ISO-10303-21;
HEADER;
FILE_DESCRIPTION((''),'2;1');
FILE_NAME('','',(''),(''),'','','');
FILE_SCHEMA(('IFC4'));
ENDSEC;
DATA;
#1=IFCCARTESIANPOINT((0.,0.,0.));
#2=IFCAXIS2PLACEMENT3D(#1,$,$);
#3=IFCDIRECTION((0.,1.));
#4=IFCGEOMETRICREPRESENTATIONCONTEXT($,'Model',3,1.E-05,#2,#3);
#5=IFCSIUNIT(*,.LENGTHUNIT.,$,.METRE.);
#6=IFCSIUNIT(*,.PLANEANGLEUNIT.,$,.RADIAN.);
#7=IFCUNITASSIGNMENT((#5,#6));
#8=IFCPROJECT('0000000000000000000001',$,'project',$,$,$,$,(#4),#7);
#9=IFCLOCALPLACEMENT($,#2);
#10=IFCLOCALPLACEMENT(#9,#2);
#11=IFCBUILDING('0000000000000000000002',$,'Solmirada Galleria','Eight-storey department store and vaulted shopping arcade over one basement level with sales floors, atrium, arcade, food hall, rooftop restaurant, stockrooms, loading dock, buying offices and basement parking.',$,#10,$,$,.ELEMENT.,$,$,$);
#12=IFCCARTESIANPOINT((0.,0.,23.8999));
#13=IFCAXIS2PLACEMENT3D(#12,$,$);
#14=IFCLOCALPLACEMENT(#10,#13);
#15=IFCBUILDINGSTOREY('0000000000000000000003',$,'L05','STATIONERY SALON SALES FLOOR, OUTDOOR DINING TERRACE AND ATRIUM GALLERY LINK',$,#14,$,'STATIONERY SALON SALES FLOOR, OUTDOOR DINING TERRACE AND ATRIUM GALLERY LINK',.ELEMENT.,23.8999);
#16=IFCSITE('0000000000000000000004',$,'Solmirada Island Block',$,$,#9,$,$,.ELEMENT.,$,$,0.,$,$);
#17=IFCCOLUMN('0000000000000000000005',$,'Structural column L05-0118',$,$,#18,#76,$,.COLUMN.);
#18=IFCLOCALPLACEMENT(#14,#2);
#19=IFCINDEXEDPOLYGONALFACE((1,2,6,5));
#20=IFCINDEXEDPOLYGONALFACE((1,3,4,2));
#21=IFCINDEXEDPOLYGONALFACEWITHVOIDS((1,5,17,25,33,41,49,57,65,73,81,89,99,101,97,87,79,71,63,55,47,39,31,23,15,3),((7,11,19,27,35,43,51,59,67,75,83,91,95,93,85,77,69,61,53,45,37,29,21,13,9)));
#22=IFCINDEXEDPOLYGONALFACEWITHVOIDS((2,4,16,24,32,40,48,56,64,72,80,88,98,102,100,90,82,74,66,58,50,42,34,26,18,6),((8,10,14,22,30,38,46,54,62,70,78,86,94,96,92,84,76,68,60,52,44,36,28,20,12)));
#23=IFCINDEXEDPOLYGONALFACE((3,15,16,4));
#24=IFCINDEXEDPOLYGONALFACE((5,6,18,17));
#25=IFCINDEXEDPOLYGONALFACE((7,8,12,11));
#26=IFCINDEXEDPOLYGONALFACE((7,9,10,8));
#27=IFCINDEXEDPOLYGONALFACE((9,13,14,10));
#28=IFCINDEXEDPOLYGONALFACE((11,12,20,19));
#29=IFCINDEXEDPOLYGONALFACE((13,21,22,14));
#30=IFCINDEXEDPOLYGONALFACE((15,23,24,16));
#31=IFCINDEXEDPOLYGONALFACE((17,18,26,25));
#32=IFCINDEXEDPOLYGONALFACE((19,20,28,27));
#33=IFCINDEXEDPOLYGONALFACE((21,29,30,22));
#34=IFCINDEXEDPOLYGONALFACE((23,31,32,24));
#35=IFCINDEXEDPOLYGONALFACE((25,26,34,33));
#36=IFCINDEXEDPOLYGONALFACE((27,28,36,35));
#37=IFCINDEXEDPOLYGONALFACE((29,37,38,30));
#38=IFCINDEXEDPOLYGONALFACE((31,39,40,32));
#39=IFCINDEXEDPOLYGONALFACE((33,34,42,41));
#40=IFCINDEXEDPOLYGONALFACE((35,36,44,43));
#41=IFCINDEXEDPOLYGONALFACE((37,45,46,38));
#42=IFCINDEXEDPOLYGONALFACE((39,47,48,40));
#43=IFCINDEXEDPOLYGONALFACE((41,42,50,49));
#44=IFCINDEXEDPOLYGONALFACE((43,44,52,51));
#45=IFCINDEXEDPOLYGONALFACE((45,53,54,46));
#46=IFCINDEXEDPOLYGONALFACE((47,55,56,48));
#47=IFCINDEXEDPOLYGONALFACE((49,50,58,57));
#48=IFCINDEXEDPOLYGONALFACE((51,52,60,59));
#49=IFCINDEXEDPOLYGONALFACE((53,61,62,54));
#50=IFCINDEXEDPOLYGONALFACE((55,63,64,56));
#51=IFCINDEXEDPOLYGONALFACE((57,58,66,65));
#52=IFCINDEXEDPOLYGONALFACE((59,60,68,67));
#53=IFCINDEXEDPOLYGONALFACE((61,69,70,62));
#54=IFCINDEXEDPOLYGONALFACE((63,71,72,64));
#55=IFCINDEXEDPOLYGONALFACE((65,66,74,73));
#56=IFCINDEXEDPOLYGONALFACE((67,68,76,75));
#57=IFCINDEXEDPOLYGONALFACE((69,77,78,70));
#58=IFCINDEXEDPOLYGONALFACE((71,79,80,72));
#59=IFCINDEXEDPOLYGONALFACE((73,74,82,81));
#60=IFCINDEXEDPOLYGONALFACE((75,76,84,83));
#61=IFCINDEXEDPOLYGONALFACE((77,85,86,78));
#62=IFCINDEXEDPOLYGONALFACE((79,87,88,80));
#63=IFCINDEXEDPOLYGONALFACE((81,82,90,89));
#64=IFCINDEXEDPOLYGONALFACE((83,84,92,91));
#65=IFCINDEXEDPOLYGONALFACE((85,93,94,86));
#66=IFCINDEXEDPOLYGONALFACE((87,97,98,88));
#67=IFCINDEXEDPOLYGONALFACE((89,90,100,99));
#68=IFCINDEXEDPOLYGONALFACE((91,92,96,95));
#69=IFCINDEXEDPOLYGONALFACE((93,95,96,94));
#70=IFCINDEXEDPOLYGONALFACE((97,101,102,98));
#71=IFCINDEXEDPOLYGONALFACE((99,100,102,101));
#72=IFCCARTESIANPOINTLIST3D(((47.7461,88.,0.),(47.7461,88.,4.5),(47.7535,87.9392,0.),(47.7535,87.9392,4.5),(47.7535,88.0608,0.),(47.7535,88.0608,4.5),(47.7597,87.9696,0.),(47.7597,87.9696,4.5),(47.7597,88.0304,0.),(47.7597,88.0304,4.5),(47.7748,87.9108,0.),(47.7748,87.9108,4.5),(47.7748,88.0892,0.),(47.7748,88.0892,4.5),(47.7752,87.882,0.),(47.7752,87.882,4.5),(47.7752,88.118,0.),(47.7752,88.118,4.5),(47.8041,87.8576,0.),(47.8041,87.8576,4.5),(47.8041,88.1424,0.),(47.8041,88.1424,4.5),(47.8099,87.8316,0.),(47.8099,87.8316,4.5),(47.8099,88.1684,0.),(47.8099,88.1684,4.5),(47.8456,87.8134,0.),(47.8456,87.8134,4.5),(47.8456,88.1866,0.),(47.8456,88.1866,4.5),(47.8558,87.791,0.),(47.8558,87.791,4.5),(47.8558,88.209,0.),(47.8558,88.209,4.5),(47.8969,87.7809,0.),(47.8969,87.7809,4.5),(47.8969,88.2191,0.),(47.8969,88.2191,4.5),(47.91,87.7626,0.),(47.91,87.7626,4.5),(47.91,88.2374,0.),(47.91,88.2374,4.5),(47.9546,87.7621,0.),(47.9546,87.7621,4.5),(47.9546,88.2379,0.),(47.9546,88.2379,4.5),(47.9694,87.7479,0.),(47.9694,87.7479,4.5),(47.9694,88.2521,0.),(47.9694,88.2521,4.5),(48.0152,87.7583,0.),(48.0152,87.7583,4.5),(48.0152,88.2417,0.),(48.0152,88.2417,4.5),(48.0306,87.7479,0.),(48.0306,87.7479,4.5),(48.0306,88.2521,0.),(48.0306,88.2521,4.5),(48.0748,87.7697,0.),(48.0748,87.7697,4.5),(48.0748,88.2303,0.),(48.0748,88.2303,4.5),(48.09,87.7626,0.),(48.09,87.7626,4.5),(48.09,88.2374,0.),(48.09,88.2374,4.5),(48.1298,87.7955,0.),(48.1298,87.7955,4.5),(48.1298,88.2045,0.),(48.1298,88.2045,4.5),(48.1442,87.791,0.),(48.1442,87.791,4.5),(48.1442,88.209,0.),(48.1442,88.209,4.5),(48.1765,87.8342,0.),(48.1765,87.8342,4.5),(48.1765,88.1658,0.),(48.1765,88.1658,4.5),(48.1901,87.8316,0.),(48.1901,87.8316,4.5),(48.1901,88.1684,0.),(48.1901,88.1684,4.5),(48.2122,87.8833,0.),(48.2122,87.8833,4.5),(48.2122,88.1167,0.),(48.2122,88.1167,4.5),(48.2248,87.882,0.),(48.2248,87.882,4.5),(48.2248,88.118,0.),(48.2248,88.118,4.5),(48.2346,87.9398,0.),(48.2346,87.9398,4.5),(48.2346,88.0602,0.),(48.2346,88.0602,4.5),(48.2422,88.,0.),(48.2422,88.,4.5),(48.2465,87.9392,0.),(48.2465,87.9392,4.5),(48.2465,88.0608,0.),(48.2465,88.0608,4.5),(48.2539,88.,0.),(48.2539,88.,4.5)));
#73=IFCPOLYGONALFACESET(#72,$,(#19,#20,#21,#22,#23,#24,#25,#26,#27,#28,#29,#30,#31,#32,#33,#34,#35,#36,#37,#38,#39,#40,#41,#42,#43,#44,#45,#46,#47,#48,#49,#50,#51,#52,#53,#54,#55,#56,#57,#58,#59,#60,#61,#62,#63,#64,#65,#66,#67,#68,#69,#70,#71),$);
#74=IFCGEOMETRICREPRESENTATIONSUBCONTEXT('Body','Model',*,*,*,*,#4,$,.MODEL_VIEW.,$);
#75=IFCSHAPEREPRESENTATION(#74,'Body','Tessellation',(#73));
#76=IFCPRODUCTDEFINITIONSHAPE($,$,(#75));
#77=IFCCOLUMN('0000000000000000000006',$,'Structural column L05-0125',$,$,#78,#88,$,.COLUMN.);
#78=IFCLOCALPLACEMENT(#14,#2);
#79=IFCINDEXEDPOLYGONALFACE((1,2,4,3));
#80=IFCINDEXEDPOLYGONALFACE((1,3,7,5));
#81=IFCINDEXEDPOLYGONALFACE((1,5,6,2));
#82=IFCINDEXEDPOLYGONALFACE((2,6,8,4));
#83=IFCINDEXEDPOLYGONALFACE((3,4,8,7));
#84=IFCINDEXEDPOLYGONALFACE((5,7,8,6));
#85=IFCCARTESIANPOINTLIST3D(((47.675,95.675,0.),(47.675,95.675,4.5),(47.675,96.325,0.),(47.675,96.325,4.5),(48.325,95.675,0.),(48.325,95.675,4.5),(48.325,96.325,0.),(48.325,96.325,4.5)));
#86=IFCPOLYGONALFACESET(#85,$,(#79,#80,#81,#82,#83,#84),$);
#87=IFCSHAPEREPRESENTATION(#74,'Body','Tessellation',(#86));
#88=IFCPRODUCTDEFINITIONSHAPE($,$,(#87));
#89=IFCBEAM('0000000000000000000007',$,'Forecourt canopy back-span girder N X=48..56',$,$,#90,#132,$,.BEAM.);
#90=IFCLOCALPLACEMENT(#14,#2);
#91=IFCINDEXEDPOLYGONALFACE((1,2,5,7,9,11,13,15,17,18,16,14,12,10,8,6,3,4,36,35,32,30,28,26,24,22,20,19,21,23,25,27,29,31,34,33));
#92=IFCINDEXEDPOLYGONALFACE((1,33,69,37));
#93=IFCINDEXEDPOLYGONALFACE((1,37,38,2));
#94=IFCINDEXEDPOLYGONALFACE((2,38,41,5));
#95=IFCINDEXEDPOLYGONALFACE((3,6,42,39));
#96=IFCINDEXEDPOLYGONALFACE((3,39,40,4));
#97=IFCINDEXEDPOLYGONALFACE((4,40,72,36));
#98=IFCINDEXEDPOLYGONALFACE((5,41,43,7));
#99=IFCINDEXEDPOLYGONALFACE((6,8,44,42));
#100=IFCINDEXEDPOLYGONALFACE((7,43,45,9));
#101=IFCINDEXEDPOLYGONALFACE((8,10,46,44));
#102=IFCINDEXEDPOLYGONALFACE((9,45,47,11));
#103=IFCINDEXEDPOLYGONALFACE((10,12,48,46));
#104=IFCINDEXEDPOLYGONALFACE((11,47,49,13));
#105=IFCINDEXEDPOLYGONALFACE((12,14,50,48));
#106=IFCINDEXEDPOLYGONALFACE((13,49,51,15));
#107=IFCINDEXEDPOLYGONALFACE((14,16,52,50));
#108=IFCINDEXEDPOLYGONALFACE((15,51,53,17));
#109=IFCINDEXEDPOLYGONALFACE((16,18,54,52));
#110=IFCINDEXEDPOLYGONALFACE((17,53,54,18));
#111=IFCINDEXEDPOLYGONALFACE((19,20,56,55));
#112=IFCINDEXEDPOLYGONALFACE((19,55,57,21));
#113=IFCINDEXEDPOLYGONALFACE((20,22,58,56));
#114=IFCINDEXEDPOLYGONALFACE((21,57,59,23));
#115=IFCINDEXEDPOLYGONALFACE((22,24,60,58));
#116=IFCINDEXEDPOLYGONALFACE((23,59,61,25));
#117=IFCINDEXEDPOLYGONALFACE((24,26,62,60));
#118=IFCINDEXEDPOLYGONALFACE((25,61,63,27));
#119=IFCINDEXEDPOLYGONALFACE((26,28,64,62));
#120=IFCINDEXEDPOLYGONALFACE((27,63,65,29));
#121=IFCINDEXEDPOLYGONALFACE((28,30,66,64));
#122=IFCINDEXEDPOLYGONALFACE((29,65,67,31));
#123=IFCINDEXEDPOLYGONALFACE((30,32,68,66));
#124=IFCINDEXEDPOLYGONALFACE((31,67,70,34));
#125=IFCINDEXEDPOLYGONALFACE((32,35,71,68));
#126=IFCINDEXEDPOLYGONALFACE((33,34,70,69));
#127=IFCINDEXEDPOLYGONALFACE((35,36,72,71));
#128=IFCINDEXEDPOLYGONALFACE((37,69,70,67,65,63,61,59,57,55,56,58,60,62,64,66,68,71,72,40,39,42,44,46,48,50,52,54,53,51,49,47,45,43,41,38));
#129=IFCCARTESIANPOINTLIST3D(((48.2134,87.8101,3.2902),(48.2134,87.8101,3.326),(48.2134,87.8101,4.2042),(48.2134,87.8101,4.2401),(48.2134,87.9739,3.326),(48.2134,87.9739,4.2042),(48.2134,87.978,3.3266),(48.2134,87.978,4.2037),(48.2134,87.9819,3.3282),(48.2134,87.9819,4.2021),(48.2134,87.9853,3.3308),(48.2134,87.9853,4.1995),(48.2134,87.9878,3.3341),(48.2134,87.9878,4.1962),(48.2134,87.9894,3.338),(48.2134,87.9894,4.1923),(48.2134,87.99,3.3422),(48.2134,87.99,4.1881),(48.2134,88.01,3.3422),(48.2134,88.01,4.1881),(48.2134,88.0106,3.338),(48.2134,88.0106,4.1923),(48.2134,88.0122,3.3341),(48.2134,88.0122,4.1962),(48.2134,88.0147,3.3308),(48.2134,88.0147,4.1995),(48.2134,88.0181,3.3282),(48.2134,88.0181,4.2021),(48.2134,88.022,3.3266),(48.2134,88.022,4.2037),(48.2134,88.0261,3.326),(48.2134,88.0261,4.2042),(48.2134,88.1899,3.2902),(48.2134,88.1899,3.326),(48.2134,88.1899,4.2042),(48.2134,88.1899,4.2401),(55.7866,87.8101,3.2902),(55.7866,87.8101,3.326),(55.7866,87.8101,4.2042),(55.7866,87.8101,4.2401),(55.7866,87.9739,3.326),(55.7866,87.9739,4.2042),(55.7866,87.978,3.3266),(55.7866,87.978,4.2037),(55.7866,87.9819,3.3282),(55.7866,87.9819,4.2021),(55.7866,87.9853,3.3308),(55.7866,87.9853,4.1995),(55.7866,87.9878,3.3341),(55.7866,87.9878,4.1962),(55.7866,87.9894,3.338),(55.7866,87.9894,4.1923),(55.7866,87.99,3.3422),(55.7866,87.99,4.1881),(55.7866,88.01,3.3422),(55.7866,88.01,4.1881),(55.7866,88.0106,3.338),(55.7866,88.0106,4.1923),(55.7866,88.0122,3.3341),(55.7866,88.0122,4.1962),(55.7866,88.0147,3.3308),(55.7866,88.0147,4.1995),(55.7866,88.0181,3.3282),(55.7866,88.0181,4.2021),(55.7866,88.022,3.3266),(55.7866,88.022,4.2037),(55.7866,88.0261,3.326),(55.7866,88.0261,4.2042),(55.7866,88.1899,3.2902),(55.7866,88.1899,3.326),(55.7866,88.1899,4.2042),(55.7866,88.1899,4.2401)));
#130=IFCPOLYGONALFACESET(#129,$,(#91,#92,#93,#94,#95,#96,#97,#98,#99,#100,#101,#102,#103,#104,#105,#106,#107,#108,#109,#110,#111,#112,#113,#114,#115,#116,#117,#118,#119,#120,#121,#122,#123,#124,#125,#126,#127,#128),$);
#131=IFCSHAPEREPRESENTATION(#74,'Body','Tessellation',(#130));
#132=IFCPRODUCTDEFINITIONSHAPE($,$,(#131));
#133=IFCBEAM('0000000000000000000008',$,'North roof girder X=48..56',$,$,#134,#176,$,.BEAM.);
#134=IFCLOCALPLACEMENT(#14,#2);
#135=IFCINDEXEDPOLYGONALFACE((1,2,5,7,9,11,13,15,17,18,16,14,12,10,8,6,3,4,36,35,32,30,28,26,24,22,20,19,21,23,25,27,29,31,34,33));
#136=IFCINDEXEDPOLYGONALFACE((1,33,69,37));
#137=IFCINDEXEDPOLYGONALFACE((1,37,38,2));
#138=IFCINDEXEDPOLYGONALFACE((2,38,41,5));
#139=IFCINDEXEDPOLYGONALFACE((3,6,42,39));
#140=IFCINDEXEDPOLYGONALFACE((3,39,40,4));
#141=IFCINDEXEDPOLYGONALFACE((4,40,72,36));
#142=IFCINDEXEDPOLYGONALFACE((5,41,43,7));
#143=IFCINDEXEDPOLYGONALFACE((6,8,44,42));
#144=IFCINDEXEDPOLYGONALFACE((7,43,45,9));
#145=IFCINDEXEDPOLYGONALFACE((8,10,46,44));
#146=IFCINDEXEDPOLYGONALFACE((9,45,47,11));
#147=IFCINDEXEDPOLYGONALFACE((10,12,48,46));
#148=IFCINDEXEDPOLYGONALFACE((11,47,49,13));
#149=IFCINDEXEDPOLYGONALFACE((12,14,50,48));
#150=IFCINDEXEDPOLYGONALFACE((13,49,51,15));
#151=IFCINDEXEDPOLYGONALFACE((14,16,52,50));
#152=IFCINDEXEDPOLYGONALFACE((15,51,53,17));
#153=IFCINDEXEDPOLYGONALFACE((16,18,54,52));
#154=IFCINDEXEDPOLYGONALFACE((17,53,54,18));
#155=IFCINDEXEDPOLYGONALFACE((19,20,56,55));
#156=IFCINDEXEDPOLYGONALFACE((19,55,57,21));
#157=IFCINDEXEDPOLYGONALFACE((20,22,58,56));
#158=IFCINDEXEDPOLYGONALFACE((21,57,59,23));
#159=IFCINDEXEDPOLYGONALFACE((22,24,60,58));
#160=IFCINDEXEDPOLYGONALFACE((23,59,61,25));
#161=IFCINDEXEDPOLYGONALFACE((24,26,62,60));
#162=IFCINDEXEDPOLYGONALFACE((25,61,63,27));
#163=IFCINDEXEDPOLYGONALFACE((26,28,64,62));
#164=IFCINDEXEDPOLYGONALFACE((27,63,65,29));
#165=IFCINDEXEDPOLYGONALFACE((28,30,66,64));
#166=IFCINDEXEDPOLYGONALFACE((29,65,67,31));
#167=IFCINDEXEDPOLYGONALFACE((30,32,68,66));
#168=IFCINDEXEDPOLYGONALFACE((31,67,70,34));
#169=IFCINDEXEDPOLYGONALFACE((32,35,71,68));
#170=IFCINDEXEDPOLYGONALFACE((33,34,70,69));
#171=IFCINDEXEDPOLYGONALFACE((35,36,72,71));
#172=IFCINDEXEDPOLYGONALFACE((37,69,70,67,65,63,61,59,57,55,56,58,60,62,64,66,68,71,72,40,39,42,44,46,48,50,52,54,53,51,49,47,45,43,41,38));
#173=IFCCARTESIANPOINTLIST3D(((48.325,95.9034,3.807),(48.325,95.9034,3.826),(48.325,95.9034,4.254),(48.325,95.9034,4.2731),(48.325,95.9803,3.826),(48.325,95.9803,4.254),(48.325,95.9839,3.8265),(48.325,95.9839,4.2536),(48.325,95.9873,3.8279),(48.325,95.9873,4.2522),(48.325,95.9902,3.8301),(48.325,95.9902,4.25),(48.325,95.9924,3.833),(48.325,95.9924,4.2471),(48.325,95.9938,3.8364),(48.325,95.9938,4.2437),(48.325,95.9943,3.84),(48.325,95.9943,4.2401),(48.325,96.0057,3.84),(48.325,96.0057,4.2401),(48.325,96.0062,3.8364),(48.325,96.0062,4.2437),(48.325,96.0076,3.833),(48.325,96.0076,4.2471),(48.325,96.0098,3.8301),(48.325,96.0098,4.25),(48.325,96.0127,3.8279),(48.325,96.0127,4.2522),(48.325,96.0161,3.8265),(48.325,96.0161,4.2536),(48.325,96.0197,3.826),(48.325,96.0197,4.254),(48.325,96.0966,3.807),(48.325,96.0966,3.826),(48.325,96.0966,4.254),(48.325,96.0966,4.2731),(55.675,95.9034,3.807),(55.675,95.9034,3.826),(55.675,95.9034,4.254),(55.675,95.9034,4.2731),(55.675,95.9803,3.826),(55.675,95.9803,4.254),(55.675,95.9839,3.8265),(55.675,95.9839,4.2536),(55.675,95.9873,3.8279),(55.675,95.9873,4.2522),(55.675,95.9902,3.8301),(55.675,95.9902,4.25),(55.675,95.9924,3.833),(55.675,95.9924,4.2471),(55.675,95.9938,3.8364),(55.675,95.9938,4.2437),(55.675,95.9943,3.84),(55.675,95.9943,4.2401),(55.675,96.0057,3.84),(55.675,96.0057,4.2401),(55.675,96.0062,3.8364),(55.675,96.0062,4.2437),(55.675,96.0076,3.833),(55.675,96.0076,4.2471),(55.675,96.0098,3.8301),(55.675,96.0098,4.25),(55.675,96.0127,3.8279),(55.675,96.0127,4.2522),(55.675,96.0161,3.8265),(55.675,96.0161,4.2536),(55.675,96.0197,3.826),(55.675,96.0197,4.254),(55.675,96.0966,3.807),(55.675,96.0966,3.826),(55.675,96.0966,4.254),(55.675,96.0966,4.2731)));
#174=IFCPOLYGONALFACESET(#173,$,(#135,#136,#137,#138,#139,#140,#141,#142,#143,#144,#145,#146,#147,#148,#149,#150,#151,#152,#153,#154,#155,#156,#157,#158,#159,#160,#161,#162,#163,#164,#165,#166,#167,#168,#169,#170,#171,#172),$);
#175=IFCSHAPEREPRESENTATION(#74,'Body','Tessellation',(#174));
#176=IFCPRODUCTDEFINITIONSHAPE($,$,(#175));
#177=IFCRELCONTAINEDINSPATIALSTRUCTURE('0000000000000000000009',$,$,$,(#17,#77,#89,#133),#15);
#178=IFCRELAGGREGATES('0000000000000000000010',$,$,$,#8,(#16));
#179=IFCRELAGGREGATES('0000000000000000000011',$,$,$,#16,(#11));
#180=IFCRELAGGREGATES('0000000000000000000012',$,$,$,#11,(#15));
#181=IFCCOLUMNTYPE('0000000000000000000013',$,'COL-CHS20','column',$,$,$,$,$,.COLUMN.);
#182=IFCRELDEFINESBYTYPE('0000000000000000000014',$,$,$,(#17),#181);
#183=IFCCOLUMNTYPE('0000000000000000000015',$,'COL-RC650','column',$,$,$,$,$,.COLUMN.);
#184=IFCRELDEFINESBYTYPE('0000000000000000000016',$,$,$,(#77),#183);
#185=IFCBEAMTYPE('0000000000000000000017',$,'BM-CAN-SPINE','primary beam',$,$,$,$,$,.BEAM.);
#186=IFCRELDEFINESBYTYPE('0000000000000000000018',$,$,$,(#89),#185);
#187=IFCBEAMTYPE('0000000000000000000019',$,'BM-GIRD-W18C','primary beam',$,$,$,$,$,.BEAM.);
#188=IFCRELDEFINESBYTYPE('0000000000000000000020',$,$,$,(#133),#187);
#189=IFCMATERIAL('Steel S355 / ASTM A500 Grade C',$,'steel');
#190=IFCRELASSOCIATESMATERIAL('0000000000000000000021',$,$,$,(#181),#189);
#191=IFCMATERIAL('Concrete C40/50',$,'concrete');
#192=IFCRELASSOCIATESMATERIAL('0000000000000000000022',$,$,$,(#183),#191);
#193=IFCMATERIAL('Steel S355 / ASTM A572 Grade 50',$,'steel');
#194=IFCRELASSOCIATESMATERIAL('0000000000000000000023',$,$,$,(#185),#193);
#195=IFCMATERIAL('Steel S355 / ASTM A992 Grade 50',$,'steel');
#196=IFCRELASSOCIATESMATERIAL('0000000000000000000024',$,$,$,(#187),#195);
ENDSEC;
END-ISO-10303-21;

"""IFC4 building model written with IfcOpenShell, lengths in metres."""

from ifc_helpers import new_model, si_unit, direction, frame, origin, origin_2d, place, context, subcontext, project, spatial, rectangle, hollow_circle, i_section, extrude, material, material_profile, profile_set, type_object, element, save


model = new_model("IFC4")

# Units and contexts
model_context = context("Model", 3, precision=1e-05, world=origin(), true_north=direction((0.0, 1.0)))
body_context = subcontext(model_context, "Body", "Model", "MODEL_VIEW")
ifc_project = project(units=[si_unit("LENGTHUNIT", "METRE"), si_unit("PLANEANGLEUNIT", "RADIAN")], contexts=[model_context])

# Site, building, storey
site_placement = place(None, origin())
site = spatial("IfcSite", under=ifc_project, at=site_placement, Name="Solmirada Island Block", CompositionType="ELEMENT", RefElevation=0.0)
building_placement = place(site_placement, origin())
building = spatial("IfcBuilding", under=site, at=building_placement, Name="Solmirada Galleria", Description="Eight-storey department store and vaulted shopping arcade over one basement level with sales floors, atrium, arcade, food hall, rooftop restaurant, stockrooms, loading dock, buying offices and basement parking.", CompositionType="ELEMENT")
storey_placement = place(building_placement, frame((0.0, 0.0, 23.8999)))
storey = spatial("IfcBuildingStorey", under=building, at=storey_placement, Name="L05", Description="STATIONERY SALON SALES FLOOR, OUTDOOR DINING TERRACE AND ATRIUM GALLERY LINK", LongName="STATIONERY SALON SALES FLOOR, OUTDOOR DINING TERRACE AND ATRIUM GALLERY LINK", CompositionType="ELEMENT", Elevation=23.8999)

# Columns
ifc_material_1 = material(Name="Steel S355 / ASTM A500 Grade C", Category="steel")
ifc_material_profile_1 = material_profile(ifc_material_1, hollow_circle(Radius=0.2539, WallThickness=0.0117, at=origin_2d()), Name="HSS20.000X0.500")
ifc_profile_set_1 = profile_set([ifc_material_profile_1], Name="Steel S355 / ASTM A500 Grade C")
column_type_1 = type_object("IfcColumnType", Name="COL-CHS20", Description="column", PredefinedType="COLUMN", material=ifc_profile_set_1)
column_1_placement = place(storey_placement, frame((48.0, 88.0, 0.0), z_axis=(0.0, 0.0, 1.0), x_axis=(1.0, 0.0, 0.0)))
element("IfcColumn", 1, at=column_1_placement, inside=storey, type_object=column_type_1, Name="Structural column L05-0118", PredefinedType="COLUMN", context=body_context, shape_type="SweptSolid", body=[
    extrude(hollow_circle(Radius=0.2539, WallThickness=0.0117, at=origin_2d()), origin(), (0.0, 0.0, 1.0), 4.5),
])
ifc_material_2 = material(Name="Concrete C40/50", Category="concrete")
ifc_material_profile_2 = material_profile(ifc_material_2, rectangle(XDim=0.6499, YDim=0.6499, at=origin_2d()), Name="RC650X650")
ifc_profile_set_2 = profile_set([ifc_material_profile_2], Name="Concrete C40/50")
column_type_2 = type_object("IfcColumnType", Name="COL-RC650", Description="column", PredefinedType="COLUMN", material=ifc_profile_set_2)
column_2_placement = place(storey_placement, frame((48.0, 96.0, 0.0), z_axis=(0.0, 0.0, 1.0), x_axis=(1.0, 0.0, 0.0)))
element("IfcColumn", 2, at=column_2_placement, inside=storey, type_object=column_type_2, Name="Structural column L05-0125", PredefinedType="COLUMN", context=body_context, shape_type="SweptSolid", body=[
    extrude(rectangle(XDim=0.6499, YDim=0.6499, at=origin_2d()), origin(), (0.0, 0.0, 1.0), 4.5),
])

# Beams
ifc_material_3 = material(Name="Steel S355 / ASTM A572 Grade 50", Category="steel")
ifc_material_profile_3 = material_profile(ifc_material_3, i_section(OverallWidth=0.3799, OverallDepth=0.95, WebThickness=0.02, FlangeThickness=0.0359, FilletRadius=0.0161, at=origin_2d()), Name="PG950X380")
ifc_profile_set_3 = profile_set([ifc_material_profile_3], Name="Steel S355 / ASTM A572 Grade 50")
beam_type_1 = type_object("IfcBeamType", Name="BM-CAN-SPINE", Description="primary beam", PredefinedType="BEAM", material=ifc_profile_set_3)
beam_1_placement = place(storey_placement, frame((48.2134, 88.0, 3.7651), z_axis=(1.0, 0.0, 0.0), x_axis=(0.0, 1.0, 0.0)))
element("IfcBeam", 3, at=beam_1_placement, inside=storey, type_object=beam_type_1, Name="Forecourt canopy back-span girder N X=48..56", PredefinedType="BEAM", context=body_context, shape_type="SweptSolid", body=[
    extrude(i_section(OverallWidth=0.3799, OverallDepth=0.95, WebThickness=0.02, FlangeThickness=0.0359, FilletRadius=0.0161, at=origin_2d()), origin(), (0.0, 0.0, 1.0), 7.5732),
])
ifc_material_4 = material(Name="Steel S355 / ASTM A992 Grade 50", Category="steel")
ifc_material_profile_4 = material_profile(ifc_material_4, i_section(OverallWidth=0.1931, OverallDepth=0.4661, WebThickness=0.0115, FlangeThickness=0.019, FilletRadius=0.0139, at=origin_2d()), Name="W18X65")
ifc_profile_set_4 = profile_set([ifc_material_profile_4], Name="Steel S355 / ASTM A992 Grade 50")
beam_type_2 = type_object("IfcBeamType", Name="BM-GIRD-W18C", Description="primary beam", PredefinedType="BEAM", material=ifc_profile_set_4)
beam_2_placement = place(storey_placement, frame((48.325, 96.0, 4.04), z_axis=(1.0, 0.0, 0.0), x_axis=(0.0, 1.0, 0.0)))
element("IfcBeam", 4, at=beam_2_placement, inside=storey, type_object=beam_type_2, Name="North roof girder X=48..56", PredefinedType="BEAM", context=body_context, shape_type="SweptSolid", body=[
    extrude(i_section(OverallWidth=0.1931, OverallDepth=0.4661, WebThickness=0.0115, FlangeThickness=0.019, FilletRadius=0.0139, at=origin_2d()), origin(), (0.0, 0.0, 1.0), 7.3501),
])

save(model, "model.ifc")
